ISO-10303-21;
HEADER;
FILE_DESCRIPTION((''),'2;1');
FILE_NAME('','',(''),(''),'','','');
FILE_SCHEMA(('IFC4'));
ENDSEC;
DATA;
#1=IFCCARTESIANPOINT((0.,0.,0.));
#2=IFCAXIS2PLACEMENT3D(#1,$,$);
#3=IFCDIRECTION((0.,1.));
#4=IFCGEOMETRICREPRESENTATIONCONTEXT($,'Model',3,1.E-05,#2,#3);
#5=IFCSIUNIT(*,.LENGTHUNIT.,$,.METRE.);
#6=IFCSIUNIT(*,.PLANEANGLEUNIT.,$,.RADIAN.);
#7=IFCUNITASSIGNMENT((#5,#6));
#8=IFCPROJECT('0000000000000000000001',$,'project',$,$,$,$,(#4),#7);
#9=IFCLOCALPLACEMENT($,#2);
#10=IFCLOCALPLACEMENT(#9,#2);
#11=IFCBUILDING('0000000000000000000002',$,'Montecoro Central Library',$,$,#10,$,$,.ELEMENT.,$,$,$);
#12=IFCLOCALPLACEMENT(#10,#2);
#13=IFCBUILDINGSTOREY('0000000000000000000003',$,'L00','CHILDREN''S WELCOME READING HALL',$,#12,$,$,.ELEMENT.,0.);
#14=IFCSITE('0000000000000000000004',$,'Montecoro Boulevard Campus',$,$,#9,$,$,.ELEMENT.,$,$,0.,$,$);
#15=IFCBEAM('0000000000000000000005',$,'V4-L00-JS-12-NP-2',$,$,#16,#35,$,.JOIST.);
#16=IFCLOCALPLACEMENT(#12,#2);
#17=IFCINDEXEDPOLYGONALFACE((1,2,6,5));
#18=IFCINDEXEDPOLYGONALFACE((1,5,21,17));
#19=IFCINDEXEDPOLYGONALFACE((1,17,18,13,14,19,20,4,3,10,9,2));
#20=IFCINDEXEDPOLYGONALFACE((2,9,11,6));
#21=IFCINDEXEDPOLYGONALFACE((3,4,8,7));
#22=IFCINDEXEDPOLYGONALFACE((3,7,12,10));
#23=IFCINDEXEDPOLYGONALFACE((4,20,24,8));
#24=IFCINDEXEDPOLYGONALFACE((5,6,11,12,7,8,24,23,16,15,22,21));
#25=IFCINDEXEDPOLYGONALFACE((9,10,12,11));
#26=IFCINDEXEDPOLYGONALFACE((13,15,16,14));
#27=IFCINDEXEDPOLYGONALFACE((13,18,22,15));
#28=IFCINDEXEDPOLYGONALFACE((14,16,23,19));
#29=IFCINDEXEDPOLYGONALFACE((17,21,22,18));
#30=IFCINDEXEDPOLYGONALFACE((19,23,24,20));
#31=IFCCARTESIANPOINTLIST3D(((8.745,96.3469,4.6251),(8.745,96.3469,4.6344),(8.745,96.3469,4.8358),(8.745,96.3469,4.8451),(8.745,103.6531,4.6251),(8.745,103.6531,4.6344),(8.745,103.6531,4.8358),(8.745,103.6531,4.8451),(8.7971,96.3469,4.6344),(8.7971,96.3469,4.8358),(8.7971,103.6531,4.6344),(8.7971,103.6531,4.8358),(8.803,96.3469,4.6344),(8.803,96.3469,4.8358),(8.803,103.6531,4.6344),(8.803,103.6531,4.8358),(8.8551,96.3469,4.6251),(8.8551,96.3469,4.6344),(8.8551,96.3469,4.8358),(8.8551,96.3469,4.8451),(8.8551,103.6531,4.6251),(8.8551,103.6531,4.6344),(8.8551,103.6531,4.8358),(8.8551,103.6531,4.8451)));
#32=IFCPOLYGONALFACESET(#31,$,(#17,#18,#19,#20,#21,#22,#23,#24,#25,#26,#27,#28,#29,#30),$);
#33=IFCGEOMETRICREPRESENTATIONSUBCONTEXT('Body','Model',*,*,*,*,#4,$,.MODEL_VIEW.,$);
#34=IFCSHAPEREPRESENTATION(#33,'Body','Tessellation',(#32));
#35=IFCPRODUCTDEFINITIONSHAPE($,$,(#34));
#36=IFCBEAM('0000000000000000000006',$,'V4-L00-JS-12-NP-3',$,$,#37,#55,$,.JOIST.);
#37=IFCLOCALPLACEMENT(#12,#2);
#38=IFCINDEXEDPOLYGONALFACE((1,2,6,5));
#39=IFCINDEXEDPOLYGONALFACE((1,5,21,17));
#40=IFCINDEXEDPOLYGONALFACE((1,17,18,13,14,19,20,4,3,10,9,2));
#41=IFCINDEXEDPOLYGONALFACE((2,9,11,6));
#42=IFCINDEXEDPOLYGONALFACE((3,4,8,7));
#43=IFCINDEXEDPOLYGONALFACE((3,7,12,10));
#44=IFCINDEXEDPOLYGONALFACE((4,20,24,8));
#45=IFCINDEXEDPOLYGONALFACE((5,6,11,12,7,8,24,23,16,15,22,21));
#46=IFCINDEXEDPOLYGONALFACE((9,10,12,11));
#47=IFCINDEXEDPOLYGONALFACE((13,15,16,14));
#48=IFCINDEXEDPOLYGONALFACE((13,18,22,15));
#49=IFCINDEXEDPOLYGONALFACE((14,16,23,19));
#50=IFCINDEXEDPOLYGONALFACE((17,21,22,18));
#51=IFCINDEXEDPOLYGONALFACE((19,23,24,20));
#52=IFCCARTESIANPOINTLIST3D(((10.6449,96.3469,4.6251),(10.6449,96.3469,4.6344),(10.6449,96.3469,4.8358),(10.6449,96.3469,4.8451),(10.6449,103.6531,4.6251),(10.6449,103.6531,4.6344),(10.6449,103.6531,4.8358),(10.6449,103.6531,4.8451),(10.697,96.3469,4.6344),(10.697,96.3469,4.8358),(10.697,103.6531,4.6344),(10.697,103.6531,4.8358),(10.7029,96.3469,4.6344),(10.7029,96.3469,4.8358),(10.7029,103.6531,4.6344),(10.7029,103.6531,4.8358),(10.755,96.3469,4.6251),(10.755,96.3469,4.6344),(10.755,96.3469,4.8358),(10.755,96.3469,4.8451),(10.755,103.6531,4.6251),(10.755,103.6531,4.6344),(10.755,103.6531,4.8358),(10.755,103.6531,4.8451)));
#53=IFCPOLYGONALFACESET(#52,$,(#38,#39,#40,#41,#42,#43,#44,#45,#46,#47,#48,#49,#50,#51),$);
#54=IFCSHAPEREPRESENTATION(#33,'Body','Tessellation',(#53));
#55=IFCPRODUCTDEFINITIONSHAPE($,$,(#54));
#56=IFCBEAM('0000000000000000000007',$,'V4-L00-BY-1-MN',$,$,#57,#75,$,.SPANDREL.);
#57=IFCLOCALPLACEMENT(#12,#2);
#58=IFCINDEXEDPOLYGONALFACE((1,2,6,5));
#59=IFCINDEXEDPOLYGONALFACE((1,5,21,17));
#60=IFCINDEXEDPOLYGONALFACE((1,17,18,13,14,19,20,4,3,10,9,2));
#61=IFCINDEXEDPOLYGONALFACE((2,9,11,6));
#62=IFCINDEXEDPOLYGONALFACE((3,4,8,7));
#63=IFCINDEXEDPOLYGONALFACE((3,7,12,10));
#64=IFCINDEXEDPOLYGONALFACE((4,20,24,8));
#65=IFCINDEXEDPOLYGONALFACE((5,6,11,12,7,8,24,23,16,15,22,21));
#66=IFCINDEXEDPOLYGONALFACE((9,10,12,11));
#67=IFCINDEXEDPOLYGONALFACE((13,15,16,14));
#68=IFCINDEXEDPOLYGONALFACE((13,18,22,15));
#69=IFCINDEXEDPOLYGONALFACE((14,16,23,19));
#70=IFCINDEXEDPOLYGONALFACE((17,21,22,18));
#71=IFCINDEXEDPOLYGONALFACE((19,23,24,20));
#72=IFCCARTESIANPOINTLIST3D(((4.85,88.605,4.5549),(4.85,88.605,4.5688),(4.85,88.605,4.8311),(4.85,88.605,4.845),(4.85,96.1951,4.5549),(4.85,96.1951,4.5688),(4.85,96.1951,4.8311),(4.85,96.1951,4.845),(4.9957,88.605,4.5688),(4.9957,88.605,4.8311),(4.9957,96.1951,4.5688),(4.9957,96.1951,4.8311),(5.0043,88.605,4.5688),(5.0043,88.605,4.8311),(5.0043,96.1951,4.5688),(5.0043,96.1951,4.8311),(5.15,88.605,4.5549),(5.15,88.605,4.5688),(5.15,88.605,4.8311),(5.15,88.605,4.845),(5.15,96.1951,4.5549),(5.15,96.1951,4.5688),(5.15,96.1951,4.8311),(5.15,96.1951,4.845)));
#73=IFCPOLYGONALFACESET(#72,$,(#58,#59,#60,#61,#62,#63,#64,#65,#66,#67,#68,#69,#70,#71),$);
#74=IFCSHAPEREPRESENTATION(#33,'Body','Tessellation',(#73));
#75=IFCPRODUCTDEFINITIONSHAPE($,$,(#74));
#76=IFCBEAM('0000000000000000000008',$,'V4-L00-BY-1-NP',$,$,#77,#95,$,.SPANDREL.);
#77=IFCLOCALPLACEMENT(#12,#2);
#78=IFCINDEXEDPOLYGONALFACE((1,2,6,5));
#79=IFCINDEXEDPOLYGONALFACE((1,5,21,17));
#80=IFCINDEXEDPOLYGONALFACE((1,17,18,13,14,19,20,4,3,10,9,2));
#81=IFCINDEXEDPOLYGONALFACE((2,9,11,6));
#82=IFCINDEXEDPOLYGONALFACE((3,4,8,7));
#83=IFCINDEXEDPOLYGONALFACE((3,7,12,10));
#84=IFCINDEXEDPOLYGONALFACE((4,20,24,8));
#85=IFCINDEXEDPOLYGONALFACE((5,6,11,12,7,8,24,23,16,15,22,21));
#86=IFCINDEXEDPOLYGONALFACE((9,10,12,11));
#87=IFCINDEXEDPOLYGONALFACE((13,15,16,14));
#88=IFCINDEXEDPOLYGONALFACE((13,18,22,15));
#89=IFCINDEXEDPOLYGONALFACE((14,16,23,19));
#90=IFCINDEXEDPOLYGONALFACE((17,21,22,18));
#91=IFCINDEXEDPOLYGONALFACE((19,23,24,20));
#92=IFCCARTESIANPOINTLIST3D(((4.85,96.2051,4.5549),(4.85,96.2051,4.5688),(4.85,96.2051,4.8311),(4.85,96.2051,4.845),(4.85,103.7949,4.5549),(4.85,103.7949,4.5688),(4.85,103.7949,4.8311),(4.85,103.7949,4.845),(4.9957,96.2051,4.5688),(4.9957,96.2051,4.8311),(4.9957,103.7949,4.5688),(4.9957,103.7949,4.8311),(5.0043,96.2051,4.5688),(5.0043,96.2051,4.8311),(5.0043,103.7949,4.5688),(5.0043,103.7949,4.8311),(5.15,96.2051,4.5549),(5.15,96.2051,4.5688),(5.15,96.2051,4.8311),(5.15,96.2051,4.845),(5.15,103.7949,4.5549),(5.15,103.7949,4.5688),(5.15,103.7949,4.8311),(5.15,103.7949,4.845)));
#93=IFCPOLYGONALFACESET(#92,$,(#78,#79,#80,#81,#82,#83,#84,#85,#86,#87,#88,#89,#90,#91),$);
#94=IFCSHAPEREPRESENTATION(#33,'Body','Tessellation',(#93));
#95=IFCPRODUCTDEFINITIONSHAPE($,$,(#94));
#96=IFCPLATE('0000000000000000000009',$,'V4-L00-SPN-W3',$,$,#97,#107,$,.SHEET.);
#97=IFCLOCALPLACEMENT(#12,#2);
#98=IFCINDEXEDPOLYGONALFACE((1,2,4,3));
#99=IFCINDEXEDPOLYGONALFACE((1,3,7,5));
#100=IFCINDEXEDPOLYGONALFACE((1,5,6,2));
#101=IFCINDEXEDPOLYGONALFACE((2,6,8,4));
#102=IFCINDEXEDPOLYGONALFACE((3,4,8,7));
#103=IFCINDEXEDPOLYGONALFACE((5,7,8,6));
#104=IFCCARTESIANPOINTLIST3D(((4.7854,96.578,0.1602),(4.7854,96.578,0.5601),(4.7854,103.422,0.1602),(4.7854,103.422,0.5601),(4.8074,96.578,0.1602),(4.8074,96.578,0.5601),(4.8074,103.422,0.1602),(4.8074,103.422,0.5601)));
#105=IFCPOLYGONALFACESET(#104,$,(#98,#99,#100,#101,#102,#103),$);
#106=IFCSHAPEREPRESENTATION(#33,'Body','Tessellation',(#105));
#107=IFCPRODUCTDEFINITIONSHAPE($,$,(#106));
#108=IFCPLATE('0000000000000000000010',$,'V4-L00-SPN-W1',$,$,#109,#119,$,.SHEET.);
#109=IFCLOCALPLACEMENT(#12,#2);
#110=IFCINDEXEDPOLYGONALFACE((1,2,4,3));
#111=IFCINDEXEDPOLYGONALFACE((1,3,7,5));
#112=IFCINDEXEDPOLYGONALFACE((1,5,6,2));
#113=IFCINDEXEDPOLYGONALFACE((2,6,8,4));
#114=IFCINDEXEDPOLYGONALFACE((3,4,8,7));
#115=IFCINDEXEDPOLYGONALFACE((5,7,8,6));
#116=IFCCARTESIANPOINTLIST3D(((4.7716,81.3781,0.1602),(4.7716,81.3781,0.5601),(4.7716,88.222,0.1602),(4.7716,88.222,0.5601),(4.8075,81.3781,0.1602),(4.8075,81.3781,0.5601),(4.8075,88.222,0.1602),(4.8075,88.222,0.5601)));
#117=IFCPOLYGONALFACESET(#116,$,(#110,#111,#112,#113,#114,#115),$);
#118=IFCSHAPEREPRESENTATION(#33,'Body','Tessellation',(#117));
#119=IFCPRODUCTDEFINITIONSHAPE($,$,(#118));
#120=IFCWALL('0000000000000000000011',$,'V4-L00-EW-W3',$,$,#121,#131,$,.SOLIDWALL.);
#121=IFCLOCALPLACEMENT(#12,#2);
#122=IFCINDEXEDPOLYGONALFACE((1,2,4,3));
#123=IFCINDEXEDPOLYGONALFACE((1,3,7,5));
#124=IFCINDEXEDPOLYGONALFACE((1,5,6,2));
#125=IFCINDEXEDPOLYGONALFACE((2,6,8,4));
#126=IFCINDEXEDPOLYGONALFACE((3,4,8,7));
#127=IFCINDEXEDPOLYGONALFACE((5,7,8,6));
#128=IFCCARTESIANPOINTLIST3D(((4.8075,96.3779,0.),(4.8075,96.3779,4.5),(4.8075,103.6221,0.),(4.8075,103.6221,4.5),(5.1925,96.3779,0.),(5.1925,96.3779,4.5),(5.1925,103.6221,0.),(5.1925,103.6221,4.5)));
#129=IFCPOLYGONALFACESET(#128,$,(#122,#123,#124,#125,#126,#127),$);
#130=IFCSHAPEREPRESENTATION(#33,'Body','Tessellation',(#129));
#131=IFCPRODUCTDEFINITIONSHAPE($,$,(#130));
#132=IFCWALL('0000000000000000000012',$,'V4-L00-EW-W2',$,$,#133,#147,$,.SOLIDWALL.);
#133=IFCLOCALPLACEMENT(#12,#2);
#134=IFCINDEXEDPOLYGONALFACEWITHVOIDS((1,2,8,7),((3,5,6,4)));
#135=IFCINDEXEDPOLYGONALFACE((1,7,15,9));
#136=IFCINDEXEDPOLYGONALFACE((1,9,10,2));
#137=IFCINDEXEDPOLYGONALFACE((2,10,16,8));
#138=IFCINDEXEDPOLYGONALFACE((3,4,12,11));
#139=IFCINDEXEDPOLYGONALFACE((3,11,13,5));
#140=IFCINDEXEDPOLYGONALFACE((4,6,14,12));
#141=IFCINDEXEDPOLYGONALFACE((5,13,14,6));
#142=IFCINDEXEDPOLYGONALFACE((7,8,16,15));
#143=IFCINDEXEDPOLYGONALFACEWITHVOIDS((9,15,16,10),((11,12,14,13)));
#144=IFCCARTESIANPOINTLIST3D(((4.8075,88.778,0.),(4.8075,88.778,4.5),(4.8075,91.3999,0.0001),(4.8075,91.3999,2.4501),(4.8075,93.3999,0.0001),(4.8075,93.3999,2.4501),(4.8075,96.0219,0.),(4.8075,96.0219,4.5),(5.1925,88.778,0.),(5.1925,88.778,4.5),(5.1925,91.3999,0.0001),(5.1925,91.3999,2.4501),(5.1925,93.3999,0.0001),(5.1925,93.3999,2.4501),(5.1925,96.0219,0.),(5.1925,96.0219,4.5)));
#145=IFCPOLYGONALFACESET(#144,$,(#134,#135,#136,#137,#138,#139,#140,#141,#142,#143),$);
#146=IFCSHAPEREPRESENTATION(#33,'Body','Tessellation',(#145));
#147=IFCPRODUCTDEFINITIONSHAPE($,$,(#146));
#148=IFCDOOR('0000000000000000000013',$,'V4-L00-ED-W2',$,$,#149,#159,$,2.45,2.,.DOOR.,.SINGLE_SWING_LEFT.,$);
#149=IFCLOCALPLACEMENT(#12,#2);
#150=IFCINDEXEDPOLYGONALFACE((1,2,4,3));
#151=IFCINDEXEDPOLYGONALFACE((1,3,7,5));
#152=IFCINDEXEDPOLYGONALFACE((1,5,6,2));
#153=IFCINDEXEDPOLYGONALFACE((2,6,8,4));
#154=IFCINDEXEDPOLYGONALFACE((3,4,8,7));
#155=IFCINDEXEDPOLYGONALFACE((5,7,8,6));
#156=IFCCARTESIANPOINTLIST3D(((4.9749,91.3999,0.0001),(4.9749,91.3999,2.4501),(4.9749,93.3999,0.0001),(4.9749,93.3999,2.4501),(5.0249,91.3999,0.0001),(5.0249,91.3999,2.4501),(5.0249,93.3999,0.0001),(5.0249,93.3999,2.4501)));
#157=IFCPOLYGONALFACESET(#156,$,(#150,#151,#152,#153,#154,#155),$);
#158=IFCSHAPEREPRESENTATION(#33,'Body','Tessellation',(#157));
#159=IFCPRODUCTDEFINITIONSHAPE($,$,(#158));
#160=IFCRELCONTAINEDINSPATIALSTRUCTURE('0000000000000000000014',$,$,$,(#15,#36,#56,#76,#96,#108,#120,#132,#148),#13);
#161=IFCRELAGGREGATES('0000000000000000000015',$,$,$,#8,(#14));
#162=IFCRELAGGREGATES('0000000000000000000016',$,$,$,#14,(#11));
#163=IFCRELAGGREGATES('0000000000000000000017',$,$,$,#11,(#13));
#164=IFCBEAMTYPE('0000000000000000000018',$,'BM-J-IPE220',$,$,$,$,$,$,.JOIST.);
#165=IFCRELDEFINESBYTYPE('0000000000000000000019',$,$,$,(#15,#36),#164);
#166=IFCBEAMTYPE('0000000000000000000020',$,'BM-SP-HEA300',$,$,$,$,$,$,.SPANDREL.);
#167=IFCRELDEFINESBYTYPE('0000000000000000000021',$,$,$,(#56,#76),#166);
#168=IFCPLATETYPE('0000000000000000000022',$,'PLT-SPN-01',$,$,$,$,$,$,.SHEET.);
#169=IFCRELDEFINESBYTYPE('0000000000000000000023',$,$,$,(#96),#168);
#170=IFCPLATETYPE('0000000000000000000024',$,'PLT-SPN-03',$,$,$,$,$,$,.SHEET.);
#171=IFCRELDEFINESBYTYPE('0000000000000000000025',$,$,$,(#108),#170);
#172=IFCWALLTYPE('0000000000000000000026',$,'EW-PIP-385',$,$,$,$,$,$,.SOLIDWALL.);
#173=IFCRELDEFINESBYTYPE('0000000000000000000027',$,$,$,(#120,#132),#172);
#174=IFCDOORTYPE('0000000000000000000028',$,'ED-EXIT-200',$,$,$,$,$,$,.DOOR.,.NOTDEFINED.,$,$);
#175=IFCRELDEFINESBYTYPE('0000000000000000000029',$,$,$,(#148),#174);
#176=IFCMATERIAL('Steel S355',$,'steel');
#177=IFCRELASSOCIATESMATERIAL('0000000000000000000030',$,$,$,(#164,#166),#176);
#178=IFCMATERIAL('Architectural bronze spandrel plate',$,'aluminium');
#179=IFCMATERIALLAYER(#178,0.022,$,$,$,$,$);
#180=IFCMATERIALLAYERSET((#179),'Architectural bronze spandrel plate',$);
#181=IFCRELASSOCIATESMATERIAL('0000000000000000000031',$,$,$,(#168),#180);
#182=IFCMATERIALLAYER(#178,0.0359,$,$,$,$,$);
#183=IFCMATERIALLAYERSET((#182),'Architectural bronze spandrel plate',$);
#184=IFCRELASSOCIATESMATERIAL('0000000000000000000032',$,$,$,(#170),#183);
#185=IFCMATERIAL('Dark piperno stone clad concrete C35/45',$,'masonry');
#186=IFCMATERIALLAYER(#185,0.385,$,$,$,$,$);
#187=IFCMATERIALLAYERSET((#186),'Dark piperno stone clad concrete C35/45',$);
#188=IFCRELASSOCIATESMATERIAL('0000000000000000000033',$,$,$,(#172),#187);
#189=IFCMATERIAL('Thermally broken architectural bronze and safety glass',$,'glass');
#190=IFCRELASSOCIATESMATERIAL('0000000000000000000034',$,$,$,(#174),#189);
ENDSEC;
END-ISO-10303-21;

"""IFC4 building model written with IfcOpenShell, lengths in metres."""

from ifc_helpers import new_model, si_unit, direction, frame, frame_2d, origin, origin_2d, place, context, subcontext, project, spatial, rectangle, i_section, extrude, material, layer, layer_set, material_profile, profile_set, type_object, element, fill, save


model = new_model("IFC4")

# Units and contexts
model_context = context("Model", 3, precision=1e-05, world=origin(), true_north=direction((0.0, 1.0)))
body_context = subcontext(model_context, "Body", "Model", "MODEL_VIEW")
ifc_project = project(units=[si_unit("LENGTHUNIT", "METRE"), si_unit("PLANEANGLEUNIT", "RADIAN")], contexts=[model_context])

# Site, building, storey
site_placement = place(None, origin())
site = spatial("IfcSite", under=ifc_project, at=site_placement, Name="Montecoro Boulevard Campus", CompositionType="ELEMENT", RefElevation=0.0)
building_placement = place(site_placement, origin())
building = spatial("IfcBuilding", under=site, at=building_placement, Name="Montecoro Central Library", CompositionType="ELEMENT")
storey_placement = place(building_placement, origin())
storey = spatial("IfcBuildingStorey", under=building, at=storey_placement, Name="L00", Description="CHILDREN'S WELCOME READING HALL", CompositionType="ELEMENT", Elevation=0.0)

# Beams
ifc_material_1 = material(Name="Steel S355", Category="steel")
ifc_material_profile_1 = material_profile(ifc_material_1, i_section(OverallWidth=0.1101, OverallDepth=0.22, WebThickness=0.0059, FlangeThickness=0.0093, at=origin_2d()), Name="IPE 220")
ifc_profile_set_1 = profile_set([ifc_material_profile_1], Name="Steel S355")
beam_type_1 = type_object("IfcBeamType", Name="BM-J-IPE220", PredefinedType="JOIST", material=ifc_profile_set_1)
for number, where, z_axis, x_axis, name in (
    (1, (8.8, 96.3469, 4.7351), (0.0, 1.0, 0.0), (-1.0, 0.0, 0.0), "V4-L00-JS-12-NP-2"),
    (2, (10.7, 96.3469, 4.7351), (0.0, 1.0, 0.0), (-1.0, 0.0, 0.0), "V4-L00-JS-12-NP-3"),
):
    element("IfcBeam", number, at=place(storey_placement, frame(where, z_axis=z_axis, x_axis=x_axis)), inside=storey, type_object=beam_type_1, Name=name, PredefinedType="JOIST", context=body_context, shape_type="SweptSolid", body=[
        extrude(i_section(OverallWidth=0.1101, OverallDepth=0.22, WebThickness=0.0059, FlangeThickness=0.0093, at=origin_2d()), origin(), (0.0, 0.0, 1.0), 7.3062),
    ])
ifc_material_profile_2 = material_profile(ifc_material_1, i_section(OverallWidth=0.3, OverallDepth=0.29, WebThickness=0.0085, FlangeThickness=0.0139, at=origin_2d()), Name="HEA 300")
ifc_profile_set_2 = profile_set([ifc_material_profile_2], Name="Steel S355")
beam_type_2 = type_object("IfcBeamType", Name="BM-SP-HEA300", PredefinedType="SPANDREL", material=ifc_profile_set_2)
beam_1_placement = place(storey_placement, frame((5.0, 88.605, 4.7), z_axis=(0.0, 1.0, 0.0), x_axis=(-1.0, 0.0, 0.0)))
element("IfcBeam", 3, at=beam_1_placement, inside=storey, type_object=beam_type_2, Name="V4-L00-BY-1-MN", PredefinedType="SPANDREL", context=body_context, shape_type="SweptSolid", body=[
    extrude(i_section(OverallWidth=0.3, OverallDepth=0.29, WebThickness=0.0085, FlangeThickness=0.0139, at=origin_2d()), origin(), (0.0, 0.0, 1.0), 7.5901),
])
beam_2_placement = place(storey_placement, frame((5.0, 96.2051, 4.7), z_axis=(0.0, 1.0, 0.0), x_axis=(-1.0, 0.0, 0.0)))
element("IfcBeam", 4, at=beam_2_placement, inside=storey, type_object=beam_type_2, Name="V4-L00-BY-1-NP", PredefinedType="SPANDREL", context=body_context, shape_type="SweptSolid", body=[
    extrude(i_section(OverallWidth=0.3, OverallDepth=0.29, WebThickness=0.0085, FlangeThickness=0.0139, at=origin_2d()), origin(), (0.0, 0.0, 1.0), 7.5898),
])

# Plates
ifc_material_2 = material(Name="Architectural bronze spandrel plate", Category="aluminium")
ifc_layer_1 = layer(ifc_material_2, 0.022)
ifc_layer_set_1 = layer_set([ifc_layer_1], Name="Architectural bronze spandrel plate")
plate_type_1 = type_object("IfcPlateType", Name="PLT-SPN-01", PredefinedType="SHEET", material=ifc_layer_set_1)
plate_1_placement = place(storey_placement, frame((4.7964, 100.0, 0.1602), z_axis=(0.0, 0.0, 1.0), x_axis=(0.0, -1.0, 0.0)))
element("IfcPlate", 5, at=plate_1_placement, inside=storey, type_object=plate_type_1, Name="V4-L00-SPN-W3", PredefinedType="SHEET", context=body_context, shape_type="SweptSolid", body=[
    extrude(rectangle(XDim=6.844, YDim=0.022, at=origin_2d()), origin(), (0.0, 0.0, 1.0), 0.3999),
])
ifc_layer_2 = layer(ifc_material_2, 0.0359)
ifc_layer_set_2 = layer_set([ifc_layer_2], Name="Architectural bronze spandrel plate")
plate_type_2 = type_object("IfcPlateType", Name="PLT-SPN-03", PredefinedType="SHEET", material=ifc_layer_set_2)
plate_2_placement = place(storey_placement, frame((4.7896, 84.8, 0.1602), z_axis=(0.0, 0.0, 1.0), x_axis=(0.0, -1.0, 0.0)))
element("IfcPlate", 6, at=plate_2_placement, inside=storey, type_object=plate_type_2, Name="V4-L00-SPN-W1", PredefinedType="SHEET", context=body_context, shape_type="SweptSolid", body=[
    extrude(rectangle(XDim=6.844, YDim=0.0359, at=origin_2d()), origin(), (0.0, 0.0, 1.0), 0.3999),
])

# Wall
ifc_material_3 = material(Name="Dark piperno stone clad concrete C35/45", Category="masonry")
ifc_layer_3 = layer(ifc_material_3, 0.385)
ifc_layer_set_3 = layer_set([ifc_layer_3], Name="Dark piperno stone clad concrete C35/45")
wall_type_1 = type_object("IfcWallType", Name="EW-PIP-385", PredefinedType="SOLIDWALL", material=ifc_layer_set_3)
wall_1_placement = place(storey_placement, frame((5.0, 103.6221, 0.0), z_axis=(0.0, 0.0, 1.0), x_axis=(0.0, -1.0, 0.0)))
element("IfcWall", 7, at=wall_1_placement, inside=storey, type_object=wall_type_1, Name="V4-L00-EW-W3", PredefinedType="SOLIDWALL", context=body_context, shape_type="SweptSolid", body=[
    extrude(rectangle(XDim=7.2441, YDim=0.385, at=frame_2d((3.6221, 0.0))), origin(), (0.0, 0.0, 1.0), 4.5),
])

# Wall, opening, door
wall_2_placement = place(storey_placement, frame((5.0, 96.022, 0.0), z_axis=(0.0, 0.0, 1.0), x_axis=(0.0, -1.0, 0.0)))
wall_2 = element("IfcWall", 8, at=wall_2_placement, inside=storey, type_object=wall_type_1, Name="V4-L00-EW-W2", PredefinedType="SOLIDWALL", context=body_context, shape_type="SweptSolid", body=[
    extrude(rectangle(XDim=7.2439, YDim=0.385, at=frame_2d((3.6221, 0.0))), origin(), (0.0, 0.0, 1.0), 4.5),
])
opening_1_placement = place(wall_2_placement, frame((2.6221, 0.0, 0.0)))
opening_1 = element("IfcOpeningElement", 9, at=opening_1_placement, cuts=wall_2, PredefinedType="OPENING", context=body_context, shape_type="SweptSolid", body=[
    extrude(rectangle(XDim=2.0, YDim=2.45, at=frame_2d((1.0, 1.2251))), frame((0.0, 0.2024, 0.0), z_axis=(0.0, -1.0, 0.0), x_axis=(1.0, 0.0, 0.0)), (0.0, 0.0, 1.0), 0.405),
])
ifc_material_4 = material(Name="Thermally broken architectural bronze and safety glass", Category="glass")
door_type_1 = type_object("IfcDoorType", Name="ED-EXIT-200", OperationType="NOTDEFINED", PredefinedType="DOOR", material=ifc_material_4)
door_1_placement = place(opening_1_placement, origin())
door_1 = element("IfcDoor", 10, at=door_1_placement, inside=storey, type_object=door_type_1, Name="V4-L00-ED-W2", OperationType="SINGLE_SWING_LEFT", OverallHeight=2.45, OverallWidth=2.0, PredefinedType="DOOR", context=body_context, shape_type="SweptSolid", body=[
    extrude(rectangle(XDim=2.0, YDim=2.45, at=frame_2d((1.0, 1.2251))), frame((0.0, 0.0249, 0.0), z_axis=(0.0, -1.0, 0.0), x_axis=(1.0, 0.0, 0.0)), (0.0, 0.0, 1.0), 0.05),
])
fill(opening_1, door_1)

save(model, "model.ifc")
